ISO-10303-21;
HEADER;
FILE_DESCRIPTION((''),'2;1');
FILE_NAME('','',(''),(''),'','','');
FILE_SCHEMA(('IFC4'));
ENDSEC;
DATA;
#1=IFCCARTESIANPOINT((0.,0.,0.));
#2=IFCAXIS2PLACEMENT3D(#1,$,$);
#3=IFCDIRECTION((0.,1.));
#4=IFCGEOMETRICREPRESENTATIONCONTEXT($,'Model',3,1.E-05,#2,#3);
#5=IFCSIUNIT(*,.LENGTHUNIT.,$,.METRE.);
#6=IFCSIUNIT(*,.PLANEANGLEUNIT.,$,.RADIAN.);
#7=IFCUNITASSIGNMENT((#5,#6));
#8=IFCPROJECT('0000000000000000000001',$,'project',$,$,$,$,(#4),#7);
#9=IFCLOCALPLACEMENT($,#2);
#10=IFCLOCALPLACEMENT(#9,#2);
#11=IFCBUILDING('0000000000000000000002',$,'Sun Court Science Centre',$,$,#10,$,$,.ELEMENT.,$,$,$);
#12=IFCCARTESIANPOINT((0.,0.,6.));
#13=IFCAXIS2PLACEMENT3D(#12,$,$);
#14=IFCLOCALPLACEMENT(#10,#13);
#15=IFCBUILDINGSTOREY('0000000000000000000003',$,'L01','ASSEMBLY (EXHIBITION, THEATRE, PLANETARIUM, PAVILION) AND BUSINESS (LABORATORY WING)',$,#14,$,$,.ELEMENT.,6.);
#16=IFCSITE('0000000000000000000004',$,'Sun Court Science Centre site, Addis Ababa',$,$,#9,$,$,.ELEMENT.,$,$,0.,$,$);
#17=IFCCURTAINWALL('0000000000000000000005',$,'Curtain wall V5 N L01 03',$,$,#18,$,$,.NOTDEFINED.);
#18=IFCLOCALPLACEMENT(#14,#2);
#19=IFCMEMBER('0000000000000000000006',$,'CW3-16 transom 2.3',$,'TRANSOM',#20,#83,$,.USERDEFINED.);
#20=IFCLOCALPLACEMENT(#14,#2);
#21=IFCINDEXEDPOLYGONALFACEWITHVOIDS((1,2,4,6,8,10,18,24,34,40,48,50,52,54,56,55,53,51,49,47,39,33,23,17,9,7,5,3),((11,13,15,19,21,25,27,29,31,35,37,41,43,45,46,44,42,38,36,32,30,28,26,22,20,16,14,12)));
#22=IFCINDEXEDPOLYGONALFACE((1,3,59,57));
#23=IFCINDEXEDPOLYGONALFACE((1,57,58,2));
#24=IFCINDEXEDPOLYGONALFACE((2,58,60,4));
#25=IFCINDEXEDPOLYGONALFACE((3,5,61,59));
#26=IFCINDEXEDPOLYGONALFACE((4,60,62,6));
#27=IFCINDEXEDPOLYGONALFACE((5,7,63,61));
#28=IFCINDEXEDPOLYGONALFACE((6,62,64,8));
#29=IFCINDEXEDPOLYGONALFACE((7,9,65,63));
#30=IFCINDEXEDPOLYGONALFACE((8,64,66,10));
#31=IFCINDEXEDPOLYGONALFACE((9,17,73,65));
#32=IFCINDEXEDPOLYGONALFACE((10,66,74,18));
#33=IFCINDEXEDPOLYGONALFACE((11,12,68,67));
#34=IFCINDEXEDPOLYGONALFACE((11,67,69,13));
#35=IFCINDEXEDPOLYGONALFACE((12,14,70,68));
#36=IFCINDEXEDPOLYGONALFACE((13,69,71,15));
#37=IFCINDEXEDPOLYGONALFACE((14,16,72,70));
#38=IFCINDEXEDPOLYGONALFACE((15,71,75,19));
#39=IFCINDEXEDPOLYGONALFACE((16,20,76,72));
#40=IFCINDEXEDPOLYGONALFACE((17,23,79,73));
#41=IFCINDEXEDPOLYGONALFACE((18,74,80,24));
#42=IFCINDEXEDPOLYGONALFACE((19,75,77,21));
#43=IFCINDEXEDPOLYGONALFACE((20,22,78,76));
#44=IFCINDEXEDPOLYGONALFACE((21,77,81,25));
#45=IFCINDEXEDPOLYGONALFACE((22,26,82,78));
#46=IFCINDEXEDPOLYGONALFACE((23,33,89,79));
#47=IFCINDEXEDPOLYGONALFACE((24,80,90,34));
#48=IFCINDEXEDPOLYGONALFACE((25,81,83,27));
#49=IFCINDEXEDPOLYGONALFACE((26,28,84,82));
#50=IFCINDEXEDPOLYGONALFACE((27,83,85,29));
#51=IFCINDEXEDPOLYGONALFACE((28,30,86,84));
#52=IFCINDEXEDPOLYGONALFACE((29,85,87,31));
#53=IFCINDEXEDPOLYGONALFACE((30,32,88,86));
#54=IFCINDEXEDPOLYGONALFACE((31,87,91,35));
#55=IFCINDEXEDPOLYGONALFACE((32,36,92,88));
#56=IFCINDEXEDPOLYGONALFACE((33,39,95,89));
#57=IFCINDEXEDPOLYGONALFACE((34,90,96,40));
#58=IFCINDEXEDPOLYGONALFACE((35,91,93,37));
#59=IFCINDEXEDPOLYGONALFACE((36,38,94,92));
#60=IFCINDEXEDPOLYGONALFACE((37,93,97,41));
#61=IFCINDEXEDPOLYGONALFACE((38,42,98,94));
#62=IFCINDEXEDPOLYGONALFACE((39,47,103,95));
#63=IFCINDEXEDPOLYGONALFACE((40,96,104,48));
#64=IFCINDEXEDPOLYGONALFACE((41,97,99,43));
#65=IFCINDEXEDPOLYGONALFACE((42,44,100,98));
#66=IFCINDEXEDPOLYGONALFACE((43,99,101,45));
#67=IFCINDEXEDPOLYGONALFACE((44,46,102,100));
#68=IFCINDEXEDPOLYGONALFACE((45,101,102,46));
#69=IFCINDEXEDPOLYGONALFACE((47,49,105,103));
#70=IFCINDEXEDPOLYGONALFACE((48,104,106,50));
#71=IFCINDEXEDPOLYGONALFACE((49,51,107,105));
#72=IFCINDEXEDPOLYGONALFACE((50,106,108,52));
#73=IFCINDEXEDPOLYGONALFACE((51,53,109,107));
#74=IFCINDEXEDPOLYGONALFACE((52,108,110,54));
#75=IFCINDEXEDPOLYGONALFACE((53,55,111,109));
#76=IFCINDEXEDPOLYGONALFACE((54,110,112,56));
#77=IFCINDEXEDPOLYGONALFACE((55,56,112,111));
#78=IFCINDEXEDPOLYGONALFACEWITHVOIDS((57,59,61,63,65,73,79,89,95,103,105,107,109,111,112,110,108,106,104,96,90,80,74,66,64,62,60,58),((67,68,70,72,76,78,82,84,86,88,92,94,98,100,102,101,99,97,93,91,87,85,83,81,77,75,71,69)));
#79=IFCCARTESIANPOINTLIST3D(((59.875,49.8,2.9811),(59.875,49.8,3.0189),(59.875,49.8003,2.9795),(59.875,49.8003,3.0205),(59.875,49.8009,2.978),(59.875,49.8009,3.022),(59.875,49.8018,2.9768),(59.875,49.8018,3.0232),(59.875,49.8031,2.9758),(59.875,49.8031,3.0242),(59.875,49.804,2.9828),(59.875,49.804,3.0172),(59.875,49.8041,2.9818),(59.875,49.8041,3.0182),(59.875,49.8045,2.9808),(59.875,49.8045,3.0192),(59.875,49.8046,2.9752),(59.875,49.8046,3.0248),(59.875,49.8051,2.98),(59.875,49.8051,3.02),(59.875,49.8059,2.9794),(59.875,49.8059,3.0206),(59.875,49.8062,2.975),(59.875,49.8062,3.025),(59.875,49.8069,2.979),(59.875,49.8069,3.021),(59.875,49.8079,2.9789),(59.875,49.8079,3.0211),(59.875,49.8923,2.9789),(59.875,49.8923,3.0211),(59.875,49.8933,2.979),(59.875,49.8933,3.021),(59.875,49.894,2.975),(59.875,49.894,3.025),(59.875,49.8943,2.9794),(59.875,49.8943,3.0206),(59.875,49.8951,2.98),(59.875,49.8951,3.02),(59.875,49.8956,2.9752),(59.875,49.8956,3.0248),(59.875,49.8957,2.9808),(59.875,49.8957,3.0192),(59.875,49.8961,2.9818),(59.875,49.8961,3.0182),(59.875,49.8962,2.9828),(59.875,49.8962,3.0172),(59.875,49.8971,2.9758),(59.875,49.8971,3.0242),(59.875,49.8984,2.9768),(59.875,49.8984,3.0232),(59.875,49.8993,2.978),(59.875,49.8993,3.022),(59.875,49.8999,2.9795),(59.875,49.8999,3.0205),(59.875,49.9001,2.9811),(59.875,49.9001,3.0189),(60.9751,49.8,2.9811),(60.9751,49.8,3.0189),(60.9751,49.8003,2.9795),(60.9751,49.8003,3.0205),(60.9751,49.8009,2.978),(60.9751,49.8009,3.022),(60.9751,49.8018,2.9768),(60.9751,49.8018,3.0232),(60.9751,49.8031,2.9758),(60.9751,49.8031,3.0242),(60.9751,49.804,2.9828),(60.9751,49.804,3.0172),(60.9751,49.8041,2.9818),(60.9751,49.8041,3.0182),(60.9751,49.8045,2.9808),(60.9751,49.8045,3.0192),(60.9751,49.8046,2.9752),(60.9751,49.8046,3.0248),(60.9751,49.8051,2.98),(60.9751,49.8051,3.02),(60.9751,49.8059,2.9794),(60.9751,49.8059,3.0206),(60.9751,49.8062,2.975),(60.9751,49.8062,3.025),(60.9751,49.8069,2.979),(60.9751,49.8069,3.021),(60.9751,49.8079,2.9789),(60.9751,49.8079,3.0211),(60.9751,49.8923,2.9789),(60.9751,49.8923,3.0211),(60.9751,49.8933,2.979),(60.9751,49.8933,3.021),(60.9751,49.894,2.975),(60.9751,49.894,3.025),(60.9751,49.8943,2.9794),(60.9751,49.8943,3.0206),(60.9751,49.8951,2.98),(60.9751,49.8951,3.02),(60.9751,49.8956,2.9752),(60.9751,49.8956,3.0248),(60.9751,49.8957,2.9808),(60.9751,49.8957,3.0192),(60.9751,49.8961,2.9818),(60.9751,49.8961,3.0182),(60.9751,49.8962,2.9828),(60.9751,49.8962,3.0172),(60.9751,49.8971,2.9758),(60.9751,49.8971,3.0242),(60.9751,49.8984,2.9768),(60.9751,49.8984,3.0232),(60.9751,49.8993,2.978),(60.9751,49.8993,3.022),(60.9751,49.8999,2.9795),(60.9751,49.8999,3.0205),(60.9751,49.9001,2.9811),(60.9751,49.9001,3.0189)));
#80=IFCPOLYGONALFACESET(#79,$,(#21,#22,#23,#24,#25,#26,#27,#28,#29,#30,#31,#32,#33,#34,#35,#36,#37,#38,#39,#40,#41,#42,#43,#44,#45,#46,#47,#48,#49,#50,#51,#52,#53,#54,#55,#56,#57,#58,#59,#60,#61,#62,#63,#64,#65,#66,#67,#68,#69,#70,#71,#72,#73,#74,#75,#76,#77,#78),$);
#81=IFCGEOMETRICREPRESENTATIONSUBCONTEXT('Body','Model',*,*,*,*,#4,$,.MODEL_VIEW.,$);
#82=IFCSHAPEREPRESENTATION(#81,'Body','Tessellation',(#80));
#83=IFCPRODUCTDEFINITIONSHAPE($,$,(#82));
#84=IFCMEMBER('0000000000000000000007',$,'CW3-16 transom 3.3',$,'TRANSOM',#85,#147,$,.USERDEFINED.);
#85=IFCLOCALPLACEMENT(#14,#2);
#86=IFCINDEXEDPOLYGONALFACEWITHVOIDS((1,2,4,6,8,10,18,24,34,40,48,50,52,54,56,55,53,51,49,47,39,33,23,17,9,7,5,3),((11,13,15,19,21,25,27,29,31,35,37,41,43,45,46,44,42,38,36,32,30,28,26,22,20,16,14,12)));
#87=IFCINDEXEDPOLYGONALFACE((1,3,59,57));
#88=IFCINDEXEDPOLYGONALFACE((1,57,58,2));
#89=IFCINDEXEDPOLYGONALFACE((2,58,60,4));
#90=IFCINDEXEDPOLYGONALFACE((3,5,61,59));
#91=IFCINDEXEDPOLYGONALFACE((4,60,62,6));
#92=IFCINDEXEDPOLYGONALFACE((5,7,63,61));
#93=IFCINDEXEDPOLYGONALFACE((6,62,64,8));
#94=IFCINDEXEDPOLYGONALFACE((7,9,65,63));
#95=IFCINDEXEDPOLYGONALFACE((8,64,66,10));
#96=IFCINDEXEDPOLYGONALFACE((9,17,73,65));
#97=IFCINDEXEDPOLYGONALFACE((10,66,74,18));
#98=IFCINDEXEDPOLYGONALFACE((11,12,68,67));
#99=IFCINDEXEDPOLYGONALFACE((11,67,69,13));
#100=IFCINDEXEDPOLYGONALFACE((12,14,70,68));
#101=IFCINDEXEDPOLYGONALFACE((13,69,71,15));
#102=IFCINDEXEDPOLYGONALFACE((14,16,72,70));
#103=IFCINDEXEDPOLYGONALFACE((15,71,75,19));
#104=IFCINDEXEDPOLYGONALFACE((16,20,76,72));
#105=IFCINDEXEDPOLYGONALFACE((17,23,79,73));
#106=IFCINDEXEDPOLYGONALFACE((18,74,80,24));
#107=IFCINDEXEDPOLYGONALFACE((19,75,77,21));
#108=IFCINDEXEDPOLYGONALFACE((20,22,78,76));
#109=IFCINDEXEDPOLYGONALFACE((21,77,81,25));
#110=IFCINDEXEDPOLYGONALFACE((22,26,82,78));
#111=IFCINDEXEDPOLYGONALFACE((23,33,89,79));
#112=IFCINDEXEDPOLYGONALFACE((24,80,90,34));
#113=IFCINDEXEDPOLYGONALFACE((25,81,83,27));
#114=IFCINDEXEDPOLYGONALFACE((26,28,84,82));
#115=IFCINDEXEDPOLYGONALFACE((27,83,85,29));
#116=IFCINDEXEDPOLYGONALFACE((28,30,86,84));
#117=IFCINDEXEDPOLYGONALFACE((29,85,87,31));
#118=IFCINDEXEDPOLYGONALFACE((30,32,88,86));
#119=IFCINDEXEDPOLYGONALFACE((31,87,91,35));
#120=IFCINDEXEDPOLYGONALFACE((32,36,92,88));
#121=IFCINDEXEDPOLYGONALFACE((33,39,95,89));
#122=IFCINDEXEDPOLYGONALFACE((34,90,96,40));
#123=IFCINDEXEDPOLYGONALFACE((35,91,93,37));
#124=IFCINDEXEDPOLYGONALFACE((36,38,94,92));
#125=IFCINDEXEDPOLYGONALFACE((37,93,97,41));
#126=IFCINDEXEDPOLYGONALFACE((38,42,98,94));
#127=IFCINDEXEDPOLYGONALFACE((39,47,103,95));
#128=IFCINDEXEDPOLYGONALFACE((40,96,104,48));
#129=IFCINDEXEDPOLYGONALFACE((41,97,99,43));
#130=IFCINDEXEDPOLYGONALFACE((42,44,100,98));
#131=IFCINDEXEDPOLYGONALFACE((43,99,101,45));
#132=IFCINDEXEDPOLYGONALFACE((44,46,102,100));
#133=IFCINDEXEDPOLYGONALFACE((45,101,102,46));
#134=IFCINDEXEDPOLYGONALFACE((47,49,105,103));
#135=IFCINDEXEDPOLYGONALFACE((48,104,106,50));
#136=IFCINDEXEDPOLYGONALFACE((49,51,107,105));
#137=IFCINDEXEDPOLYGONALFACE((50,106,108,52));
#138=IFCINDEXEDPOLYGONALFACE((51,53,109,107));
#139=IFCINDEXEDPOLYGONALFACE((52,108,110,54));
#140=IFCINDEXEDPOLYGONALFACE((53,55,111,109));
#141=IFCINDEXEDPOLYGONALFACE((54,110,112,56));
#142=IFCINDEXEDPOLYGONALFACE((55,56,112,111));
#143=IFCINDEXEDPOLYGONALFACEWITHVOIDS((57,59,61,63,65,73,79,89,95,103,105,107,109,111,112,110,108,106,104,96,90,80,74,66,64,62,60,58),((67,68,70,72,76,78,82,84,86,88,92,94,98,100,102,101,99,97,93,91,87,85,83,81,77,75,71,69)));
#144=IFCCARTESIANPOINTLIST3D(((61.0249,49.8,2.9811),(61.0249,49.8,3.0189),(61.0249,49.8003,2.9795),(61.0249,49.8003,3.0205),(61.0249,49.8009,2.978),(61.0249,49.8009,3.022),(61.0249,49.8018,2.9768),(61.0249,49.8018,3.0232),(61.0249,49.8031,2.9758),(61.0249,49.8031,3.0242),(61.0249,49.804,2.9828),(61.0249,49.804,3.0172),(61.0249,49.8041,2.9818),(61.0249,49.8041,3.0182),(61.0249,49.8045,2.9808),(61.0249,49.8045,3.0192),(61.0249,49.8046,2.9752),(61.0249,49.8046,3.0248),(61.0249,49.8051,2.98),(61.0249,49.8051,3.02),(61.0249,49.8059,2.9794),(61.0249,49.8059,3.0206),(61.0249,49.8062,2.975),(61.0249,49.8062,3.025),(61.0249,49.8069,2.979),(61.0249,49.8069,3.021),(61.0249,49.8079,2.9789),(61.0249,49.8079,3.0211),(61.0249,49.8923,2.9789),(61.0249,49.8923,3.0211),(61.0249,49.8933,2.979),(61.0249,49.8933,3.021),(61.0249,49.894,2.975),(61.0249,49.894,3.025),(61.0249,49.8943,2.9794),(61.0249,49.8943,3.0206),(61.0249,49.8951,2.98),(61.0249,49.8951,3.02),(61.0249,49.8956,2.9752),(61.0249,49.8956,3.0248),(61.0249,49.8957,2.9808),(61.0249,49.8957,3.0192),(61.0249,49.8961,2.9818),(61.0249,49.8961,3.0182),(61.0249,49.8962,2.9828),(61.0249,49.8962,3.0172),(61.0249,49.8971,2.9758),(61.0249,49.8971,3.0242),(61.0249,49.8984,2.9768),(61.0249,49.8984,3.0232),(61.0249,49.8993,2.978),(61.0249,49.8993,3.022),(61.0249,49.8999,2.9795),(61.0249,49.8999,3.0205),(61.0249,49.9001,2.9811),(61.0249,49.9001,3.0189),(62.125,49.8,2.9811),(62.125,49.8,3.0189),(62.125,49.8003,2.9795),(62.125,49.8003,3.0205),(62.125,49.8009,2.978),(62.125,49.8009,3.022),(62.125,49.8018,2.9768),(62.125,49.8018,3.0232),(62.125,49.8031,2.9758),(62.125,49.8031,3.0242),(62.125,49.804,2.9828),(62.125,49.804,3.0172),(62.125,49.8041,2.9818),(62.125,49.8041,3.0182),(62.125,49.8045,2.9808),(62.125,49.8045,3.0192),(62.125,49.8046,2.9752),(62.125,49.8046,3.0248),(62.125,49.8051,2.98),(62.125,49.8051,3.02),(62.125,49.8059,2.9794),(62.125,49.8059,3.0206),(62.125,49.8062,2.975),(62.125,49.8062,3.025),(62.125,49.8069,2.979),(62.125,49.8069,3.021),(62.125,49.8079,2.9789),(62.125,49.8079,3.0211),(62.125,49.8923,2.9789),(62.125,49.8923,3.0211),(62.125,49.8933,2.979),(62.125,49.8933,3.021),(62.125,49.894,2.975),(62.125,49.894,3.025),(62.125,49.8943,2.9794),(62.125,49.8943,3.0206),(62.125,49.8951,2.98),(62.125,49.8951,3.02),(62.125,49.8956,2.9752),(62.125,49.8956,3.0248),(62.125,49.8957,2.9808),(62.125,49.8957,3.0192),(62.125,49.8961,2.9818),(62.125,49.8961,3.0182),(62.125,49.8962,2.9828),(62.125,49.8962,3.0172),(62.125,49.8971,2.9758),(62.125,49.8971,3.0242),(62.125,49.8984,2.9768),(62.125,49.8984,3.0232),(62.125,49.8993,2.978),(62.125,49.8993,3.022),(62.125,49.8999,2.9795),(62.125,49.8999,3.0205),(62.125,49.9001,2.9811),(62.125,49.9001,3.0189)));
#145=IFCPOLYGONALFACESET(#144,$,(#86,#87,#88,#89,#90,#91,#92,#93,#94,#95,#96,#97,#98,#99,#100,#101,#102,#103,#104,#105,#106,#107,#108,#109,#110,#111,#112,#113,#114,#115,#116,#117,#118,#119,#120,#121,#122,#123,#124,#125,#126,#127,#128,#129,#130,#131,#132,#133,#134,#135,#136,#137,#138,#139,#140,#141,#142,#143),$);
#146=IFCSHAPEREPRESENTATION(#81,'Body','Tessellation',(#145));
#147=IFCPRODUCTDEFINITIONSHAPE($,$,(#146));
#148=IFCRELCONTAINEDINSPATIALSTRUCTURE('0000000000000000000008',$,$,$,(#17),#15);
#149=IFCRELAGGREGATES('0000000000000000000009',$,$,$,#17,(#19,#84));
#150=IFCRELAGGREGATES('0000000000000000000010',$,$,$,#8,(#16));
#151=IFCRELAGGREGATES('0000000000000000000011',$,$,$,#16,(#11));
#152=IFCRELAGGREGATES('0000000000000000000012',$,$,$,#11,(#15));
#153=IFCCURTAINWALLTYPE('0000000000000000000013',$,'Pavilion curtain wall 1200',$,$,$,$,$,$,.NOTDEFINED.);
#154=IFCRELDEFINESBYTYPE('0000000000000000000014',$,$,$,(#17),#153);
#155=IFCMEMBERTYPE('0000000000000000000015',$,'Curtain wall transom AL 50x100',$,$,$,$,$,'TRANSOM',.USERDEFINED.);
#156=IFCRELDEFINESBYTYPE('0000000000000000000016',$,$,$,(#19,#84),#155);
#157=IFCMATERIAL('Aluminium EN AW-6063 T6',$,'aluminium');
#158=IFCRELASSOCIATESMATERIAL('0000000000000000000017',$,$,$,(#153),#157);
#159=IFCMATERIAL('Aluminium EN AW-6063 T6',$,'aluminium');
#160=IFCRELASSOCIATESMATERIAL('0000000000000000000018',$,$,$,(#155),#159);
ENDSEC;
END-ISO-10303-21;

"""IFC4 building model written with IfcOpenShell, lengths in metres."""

from ifc_helpers import new_model, si_unit, direction, frame, origin, origin_2d, place, context, subcontext, project, spatial, hollow_rectangle, extrude, material, material_profile, profile_set, type_object, element, aggregate, save


model = new_model("IFC4")

# Units and contexts
model_context = context("Model", 3, precision=1e-05, world=origin(), true_north=direction((0.0, 1.0)))
body_context = subcontext(model_context, "Body", "Model", "MODEL_VIEW")
ifc_project = project(units=[si_unit("LENGTHUNIT", "METRE"), si_unit("PLANEANGLEUNIT", "RADIAN")], contexts=[model_context])

# Site, building, storey
site_placement = place(None, origin())
site = spatial("IfcSite", under=ifc_project, at=site_placement, Name="Sun Court Science Centre site, Addis Ababa", CompositionType="ELEMENT", RefElevation=0.0)
building_placement = place(site_placement, origin())
building = spatial("IfcBuilding", under=site, at=building_placement, Name="Sun Court Science Centre", CompositionType="ELEMENT")
storey_placement = place(building_placement, frame((0.0, 0.0, 6.0)))
storey = spatial("IfcBuildingStorey", under=building, at=storey_placement, Name="L01", Description="ASSEMBLY (EXHIBITION, THEATRE, PLANETARIUM, PAVILION) AND BUSINESS (LABORATORY WING)", CompositionType="ELEMENT", Elevation=6.0)

# Curtain wall, members
ifc_material_1 = material(Name="Aluminium EN AW-6063 T6", Category="aluminium")
curtain_wall_type = type_object("IfcCurtainWallType", Name="Pavilion curtain wall 1200", PredefinedType="NOTDEFINED", material=ifc_material_1)
curtain_wall_placement = place(storey_placement, origin())
curtain_wall = element("IfcCurtainWall", 1, at=curtain_wall_placement, inside=storey, type_object=curtain_wall_type, Name="Curtain wall V5 N L01 03", PredefinedType="NOTDEFINED")
ifc_material_2 = material(Name="Aluminium EN AW-6063 T6", Category="aluminium")
ifc_material_profile_1 = material_profile(ifc_material_2, hollow_rectangle(XDim=0.05, YDim=0.1001, WallThickness=0.0039, InnerFilletRadius=0.0039, OuterFilletRadius=0.0061, at=origin_2d()), Name="AL 50x100x4")
ifc_profile_set_1 = profile_set([ifc_material_profile_1], Name="Aluminium EN AW-6063 T6")
member_type_1 = type_object("IfcMemberType", Name="Curtain wall transom AL 50x100", ElementType="TRANSOM", PredefinedType="USERDEFINED", material=ifc_profile_set_1)
member_1_placement = place(storey_placement, frame((59.875, 49.8501, 3.0), z_axis=(1.0, 0.0, 0.0), x_axis=(0.0, 0.0, 1.0)))
member_1 = element("IfcMember", 2, at=member_1_placement, type_object=member_type_1, Name="CW3-16 transom 2.3", ObjectType="TRANSOM", PredefinedType="USERDEFINED", context=body_context, shape_type="SweptSolid", body=[
    extrude(hollow_rectangle(XDim=0.05, YDim=0.1001, WallThickness=0.0039, InnerFilletRadius=0.0039, OuterFilletRadius=0.0061, at=origin_2d()), origin(), (0.0, 0.0, 1.0), 1.1001),
])
member_2_placement = place(storey_placement, frame((61.0249, 49.8501, 3.0), z_axis=(1.0, 0.0, 0.0), x_axis=(0.0, 0.0, 1.0)))
member_2 = element("IfcMember", 3, at=member_2_placement, type_object=member_type_1, Name="CW3-16 transom 3.3", ObjectType="TRANSOM", PredefinedType="USERDEFINED", context=body_context, shape_type="SweptSolid", body=[
    extrude(hollow_rectangle(XDim=0.05, YDim=0.1001, WallThickness=0.0039, InnerFilletRadius=0.0039, OuterFilletRadius=0.0061, at=origin_2d()), origin(), (0.0, 0.0, 1.0), 1.1001),
])
aggregate(curtain_wall, [member_1, member_2])

save(model, "model.ifc")
